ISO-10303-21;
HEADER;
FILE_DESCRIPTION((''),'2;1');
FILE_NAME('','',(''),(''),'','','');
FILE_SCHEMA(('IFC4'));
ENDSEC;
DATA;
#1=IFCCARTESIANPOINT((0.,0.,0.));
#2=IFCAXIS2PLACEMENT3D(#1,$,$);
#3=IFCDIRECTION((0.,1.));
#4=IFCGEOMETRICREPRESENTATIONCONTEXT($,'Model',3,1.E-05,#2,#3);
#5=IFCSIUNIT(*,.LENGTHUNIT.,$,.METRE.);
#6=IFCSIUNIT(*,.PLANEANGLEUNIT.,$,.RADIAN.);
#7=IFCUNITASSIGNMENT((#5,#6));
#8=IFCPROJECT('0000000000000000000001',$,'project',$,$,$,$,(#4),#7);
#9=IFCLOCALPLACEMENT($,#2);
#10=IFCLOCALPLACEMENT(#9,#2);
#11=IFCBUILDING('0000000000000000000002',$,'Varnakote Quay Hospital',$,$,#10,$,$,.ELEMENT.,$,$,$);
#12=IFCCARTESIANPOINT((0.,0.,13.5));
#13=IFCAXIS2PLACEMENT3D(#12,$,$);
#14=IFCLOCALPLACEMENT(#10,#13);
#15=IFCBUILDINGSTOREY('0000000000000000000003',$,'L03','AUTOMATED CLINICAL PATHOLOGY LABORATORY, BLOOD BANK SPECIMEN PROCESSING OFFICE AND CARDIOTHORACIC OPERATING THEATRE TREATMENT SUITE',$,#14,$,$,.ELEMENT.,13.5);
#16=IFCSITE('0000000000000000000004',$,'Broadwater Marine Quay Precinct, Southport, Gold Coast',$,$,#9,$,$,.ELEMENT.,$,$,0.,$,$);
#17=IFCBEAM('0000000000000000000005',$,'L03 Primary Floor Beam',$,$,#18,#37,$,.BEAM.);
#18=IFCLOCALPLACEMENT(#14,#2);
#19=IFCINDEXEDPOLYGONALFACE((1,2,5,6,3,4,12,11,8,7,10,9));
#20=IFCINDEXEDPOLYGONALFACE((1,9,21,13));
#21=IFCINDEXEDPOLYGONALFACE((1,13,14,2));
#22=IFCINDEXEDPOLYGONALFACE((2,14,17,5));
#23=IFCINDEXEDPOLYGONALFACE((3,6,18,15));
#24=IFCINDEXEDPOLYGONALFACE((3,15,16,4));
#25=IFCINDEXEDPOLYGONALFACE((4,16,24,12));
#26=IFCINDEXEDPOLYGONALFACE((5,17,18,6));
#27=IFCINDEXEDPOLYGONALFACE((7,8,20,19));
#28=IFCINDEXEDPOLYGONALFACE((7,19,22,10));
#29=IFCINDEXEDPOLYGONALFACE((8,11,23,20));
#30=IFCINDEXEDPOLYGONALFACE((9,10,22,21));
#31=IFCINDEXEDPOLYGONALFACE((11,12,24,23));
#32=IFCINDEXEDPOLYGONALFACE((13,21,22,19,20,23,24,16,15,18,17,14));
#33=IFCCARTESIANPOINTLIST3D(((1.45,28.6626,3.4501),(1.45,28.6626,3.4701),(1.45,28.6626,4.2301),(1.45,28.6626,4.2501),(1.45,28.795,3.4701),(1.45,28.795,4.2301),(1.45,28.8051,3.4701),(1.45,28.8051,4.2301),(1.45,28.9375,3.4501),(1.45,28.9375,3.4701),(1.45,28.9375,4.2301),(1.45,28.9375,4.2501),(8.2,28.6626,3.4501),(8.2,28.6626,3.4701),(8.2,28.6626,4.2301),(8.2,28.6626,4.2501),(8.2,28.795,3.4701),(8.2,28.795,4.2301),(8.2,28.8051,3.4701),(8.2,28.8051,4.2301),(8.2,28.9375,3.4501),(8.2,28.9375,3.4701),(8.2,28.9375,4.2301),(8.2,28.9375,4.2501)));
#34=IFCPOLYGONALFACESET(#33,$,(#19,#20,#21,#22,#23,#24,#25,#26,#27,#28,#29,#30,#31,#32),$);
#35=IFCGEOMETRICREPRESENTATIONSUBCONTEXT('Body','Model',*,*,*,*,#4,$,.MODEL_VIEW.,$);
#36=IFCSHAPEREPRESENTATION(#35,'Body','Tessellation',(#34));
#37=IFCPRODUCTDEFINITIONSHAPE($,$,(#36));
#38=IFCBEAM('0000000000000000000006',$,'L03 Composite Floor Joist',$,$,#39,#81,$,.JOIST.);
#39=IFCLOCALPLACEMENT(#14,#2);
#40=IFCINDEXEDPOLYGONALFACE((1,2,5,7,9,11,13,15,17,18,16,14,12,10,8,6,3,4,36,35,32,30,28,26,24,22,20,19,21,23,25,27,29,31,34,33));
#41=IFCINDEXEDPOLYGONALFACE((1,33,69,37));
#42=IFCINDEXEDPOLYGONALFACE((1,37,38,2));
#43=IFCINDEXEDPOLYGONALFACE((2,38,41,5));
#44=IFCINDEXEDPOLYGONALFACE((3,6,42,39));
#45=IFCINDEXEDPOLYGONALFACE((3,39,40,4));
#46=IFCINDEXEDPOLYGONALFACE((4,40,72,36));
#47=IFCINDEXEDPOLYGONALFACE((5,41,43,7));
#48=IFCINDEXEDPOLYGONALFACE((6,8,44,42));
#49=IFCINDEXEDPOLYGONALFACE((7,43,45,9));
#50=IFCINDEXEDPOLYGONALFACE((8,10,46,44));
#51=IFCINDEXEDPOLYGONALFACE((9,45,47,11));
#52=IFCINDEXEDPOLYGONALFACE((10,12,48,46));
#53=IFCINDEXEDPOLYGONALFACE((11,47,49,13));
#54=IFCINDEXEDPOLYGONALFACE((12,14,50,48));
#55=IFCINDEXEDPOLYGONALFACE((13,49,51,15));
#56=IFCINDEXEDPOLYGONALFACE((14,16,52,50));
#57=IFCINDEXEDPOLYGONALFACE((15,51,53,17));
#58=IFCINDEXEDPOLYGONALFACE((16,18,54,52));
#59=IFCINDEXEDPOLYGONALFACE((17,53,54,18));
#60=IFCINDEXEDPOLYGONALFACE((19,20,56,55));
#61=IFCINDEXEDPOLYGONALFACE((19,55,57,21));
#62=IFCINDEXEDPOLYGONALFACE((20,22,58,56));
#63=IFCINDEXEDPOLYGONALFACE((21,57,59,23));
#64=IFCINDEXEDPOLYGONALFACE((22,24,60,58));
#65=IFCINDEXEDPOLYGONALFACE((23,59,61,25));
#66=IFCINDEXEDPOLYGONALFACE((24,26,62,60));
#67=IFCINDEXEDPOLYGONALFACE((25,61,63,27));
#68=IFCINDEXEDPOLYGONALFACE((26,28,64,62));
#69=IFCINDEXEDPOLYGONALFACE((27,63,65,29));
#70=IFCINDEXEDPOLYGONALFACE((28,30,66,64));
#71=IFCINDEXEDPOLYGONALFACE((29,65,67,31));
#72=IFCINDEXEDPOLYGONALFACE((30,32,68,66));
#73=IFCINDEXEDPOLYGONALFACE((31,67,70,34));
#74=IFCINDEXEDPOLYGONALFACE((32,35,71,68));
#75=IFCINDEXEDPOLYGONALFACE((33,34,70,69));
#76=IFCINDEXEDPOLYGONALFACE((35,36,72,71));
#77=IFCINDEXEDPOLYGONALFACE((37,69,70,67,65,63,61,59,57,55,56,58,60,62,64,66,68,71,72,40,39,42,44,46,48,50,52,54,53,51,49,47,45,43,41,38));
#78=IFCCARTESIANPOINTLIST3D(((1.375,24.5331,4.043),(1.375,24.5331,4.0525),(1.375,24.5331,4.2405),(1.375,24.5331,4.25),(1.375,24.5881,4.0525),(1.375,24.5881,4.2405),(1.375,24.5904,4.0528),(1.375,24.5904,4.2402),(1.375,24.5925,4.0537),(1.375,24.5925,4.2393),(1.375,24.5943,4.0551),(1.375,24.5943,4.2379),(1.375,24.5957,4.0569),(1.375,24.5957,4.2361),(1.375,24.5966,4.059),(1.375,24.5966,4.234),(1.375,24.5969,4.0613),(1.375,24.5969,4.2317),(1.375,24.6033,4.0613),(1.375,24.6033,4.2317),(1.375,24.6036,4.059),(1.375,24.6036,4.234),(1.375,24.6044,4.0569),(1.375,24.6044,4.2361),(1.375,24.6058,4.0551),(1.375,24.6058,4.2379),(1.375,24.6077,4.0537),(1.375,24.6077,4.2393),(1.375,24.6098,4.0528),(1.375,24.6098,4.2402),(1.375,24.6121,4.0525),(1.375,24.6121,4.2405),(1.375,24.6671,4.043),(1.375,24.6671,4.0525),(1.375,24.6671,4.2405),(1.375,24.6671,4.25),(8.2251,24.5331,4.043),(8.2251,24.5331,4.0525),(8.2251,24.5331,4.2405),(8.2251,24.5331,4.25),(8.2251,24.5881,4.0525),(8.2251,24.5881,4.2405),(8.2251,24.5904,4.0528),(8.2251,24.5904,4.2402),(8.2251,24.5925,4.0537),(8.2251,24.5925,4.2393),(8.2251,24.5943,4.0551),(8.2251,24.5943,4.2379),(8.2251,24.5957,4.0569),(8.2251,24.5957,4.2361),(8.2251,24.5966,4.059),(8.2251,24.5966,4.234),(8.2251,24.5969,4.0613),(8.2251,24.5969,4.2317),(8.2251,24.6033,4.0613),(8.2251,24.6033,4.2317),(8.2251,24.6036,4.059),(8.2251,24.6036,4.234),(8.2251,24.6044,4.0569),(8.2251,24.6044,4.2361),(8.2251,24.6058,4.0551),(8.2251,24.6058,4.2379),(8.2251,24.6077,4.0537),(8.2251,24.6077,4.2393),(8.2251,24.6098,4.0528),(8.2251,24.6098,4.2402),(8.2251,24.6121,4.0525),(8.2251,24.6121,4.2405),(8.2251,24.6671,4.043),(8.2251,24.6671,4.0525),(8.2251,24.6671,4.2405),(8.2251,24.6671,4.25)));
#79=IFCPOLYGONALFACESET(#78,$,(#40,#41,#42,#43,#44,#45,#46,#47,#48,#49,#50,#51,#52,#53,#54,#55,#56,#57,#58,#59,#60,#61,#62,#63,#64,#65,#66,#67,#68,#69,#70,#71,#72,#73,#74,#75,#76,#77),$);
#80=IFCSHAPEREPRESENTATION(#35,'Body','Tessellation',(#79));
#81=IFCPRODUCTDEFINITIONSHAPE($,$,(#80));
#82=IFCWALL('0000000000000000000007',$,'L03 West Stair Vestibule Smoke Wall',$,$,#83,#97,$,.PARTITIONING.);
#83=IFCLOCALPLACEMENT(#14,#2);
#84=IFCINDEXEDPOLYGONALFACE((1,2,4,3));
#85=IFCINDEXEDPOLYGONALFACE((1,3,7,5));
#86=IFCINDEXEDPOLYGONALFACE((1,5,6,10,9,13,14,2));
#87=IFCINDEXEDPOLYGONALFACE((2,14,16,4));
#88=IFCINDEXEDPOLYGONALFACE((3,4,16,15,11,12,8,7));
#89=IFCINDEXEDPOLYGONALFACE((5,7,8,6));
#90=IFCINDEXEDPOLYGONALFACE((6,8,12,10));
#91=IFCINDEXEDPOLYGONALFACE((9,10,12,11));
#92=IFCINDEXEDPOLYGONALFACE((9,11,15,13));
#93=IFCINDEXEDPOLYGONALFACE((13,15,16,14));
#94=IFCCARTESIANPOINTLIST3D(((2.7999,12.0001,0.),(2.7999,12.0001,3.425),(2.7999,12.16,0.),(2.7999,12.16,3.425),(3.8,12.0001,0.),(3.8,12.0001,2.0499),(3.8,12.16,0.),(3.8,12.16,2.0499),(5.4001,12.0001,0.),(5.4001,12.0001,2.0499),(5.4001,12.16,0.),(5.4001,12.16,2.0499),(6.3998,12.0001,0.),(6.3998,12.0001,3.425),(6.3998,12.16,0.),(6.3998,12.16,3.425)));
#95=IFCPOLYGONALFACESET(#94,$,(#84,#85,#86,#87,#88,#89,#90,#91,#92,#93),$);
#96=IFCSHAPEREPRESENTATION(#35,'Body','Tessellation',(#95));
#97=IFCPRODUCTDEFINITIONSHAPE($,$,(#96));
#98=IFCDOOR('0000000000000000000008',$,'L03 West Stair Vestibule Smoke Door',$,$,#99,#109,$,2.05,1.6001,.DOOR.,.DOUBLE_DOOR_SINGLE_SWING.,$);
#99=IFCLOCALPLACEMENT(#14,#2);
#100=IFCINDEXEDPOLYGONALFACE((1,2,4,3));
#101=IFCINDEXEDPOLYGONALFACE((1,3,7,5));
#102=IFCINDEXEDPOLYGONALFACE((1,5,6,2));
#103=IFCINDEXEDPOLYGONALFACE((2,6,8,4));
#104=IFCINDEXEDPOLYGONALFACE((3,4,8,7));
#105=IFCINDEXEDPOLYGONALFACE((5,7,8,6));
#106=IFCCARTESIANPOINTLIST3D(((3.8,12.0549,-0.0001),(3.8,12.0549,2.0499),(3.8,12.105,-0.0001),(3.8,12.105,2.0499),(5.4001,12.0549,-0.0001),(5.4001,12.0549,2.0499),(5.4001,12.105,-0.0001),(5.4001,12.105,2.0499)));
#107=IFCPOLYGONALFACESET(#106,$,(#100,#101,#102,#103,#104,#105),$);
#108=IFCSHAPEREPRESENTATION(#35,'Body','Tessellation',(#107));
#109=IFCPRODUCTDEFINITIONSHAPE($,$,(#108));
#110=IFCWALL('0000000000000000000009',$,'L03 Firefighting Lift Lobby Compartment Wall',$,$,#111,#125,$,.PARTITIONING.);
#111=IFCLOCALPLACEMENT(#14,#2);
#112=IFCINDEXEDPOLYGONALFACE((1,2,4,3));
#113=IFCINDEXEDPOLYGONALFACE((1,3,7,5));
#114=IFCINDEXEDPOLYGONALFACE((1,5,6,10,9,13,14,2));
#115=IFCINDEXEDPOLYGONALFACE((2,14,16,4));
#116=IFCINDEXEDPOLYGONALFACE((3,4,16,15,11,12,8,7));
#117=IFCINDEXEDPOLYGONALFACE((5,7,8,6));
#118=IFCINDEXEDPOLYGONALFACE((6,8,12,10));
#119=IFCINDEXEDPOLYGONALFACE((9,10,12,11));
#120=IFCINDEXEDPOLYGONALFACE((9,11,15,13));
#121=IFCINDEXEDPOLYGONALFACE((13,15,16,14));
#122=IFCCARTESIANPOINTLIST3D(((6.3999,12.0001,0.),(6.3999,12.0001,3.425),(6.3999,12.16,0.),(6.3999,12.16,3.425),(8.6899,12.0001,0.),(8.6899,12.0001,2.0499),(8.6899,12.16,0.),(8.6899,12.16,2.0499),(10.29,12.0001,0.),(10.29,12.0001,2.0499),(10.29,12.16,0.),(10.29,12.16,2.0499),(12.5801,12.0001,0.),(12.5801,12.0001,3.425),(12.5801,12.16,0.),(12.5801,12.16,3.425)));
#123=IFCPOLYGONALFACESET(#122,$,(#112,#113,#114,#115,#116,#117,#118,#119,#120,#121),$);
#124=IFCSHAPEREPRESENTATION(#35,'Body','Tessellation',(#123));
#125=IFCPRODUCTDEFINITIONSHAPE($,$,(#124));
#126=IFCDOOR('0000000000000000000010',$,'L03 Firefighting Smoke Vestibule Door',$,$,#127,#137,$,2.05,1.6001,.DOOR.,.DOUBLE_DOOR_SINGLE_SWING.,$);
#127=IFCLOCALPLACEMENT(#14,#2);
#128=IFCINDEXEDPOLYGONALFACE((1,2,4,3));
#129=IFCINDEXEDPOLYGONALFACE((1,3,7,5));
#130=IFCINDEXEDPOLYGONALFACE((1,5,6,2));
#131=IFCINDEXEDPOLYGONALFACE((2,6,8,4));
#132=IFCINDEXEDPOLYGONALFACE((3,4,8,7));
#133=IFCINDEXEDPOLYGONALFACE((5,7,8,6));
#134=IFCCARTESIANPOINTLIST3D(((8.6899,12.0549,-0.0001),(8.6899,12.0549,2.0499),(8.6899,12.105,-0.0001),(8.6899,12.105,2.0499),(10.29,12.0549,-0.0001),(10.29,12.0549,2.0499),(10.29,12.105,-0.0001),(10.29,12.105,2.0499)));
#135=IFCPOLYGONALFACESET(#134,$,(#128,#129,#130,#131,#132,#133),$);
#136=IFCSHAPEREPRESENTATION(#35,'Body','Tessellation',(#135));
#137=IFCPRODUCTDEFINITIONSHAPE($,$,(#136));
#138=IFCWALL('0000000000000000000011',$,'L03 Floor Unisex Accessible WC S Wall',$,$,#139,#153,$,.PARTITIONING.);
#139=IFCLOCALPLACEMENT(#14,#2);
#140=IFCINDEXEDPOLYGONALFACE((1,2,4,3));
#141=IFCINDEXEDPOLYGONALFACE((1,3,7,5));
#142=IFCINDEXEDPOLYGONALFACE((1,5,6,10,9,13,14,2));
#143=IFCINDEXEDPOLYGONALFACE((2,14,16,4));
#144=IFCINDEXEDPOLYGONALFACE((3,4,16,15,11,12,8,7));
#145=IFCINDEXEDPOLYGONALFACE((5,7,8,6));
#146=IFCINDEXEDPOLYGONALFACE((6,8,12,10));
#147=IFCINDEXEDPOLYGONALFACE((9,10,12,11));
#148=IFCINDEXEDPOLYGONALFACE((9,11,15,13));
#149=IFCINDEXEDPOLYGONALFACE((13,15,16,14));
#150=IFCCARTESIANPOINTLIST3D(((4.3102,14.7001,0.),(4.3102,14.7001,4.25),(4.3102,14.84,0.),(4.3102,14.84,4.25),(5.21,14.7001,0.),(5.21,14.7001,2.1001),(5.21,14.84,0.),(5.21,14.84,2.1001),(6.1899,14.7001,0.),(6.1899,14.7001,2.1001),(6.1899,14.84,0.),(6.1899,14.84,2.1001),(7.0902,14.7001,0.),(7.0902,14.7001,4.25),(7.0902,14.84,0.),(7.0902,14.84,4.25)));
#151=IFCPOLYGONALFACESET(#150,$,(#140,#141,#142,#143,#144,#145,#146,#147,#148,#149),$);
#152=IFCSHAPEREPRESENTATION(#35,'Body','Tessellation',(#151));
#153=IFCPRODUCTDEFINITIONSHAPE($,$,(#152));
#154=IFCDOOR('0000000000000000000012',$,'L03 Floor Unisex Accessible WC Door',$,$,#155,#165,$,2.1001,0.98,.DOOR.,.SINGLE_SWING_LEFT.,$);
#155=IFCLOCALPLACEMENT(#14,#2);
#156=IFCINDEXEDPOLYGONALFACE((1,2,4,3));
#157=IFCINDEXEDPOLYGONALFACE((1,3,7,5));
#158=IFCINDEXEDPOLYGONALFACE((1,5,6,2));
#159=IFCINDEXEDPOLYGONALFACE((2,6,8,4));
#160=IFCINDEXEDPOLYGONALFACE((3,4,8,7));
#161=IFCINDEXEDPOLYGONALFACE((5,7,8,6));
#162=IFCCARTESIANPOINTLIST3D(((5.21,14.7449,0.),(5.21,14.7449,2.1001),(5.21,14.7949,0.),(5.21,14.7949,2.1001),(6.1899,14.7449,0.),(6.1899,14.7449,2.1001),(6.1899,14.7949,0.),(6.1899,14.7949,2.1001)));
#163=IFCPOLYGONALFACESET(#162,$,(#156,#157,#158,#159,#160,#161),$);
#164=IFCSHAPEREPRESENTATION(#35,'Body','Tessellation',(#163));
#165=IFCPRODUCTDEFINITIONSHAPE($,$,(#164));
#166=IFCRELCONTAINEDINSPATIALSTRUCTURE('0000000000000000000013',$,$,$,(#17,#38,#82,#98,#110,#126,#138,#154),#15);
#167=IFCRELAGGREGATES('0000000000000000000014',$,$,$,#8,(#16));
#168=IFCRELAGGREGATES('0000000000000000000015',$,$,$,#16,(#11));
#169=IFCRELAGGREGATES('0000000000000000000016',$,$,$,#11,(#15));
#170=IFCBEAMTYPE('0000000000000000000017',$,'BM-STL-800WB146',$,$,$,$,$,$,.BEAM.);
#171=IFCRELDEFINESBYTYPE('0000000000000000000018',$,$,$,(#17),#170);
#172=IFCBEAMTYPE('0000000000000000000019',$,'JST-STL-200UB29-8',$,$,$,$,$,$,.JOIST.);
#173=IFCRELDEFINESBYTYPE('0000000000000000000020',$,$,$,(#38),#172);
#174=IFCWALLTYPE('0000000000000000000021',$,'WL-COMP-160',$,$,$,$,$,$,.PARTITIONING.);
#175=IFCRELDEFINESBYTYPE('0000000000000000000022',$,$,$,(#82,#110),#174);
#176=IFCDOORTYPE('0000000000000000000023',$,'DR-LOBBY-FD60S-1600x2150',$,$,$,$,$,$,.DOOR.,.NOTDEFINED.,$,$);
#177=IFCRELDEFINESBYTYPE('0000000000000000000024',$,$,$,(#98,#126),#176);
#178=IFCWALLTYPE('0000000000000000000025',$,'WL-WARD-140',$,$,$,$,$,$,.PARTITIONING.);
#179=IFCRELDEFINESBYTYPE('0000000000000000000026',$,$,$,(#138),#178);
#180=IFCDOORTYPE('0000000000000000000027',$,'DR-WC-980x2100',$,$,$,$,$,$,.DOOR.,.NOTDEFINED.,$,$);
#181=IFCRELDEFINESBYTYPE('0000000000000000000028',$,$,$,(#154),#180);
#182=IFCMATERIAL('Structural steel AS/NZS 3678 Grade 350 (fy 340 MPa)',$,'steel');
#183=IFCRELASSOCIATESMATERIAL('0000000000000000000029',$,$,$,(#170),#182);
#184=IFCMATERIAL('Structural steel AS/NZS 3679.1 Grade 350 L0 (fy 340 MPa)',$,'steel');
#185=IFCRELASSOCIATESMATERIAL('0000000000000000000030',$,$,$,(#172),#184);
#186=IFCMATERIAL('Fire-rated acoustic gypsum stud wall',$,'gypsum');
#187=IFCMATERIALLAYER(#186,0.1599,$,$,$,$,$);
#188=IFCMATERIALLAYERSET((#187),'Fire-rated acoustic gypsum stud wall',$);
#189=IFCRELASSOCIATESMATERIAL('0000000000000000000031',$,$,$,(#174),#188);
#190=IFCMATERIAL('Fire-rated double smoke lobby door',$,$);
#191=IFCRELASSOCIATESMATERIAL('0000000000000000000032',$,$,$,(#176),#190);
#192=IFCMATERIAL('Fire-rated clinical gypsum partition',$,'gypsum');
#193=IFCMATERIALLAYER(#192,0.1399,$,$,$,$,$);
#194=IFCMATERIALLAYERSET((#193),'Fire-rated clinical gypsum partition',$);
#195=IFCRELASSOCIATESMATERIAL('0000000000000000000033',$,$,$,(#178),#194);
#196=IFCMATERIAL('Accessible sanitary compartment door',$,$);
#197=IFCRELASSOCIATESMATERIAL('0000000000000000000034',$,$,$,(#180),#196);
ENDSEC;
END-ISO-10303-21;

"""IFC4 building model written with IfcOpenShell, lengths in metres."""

from ifc_helpers import new_model, si_unit, direction, frame, frame_2d, origin, origin_2d, place, context, subcontext, project, spatial, rectangle, i_section, extrude, material, layer, layer_set, material_profile, profile_set, type_object, element, fill, save


model = new_model("IFC4")

# Units and contexts
model_context = context("Model", 3, precision=1e-05, world=origin(), true_north=direction((0.0, 1.0)))
body_context = subcontext(model_context, "Body", "Model", "MODEL_VIEW")
ifc_project = project(units=[si_unit("LENGTHUNIT", "METRE"), si_unit("PLANEANGLEUNIT", "RADIAN")], contexts=[model_context])

# Site, building, storey
site_placement = place(None, origin())
site = spatial("IfcSite", under=ifc_project, at=site_placement, Name="Broadwater Marine Quay Precinct, Southport, Gold Coast", CompositionType="ELEMENT", RefElevation=0.0)
building_placement = place(site_placement, origin())
building = spatial("IfcBuilding", under=site, at=building_placement, Name="Varnakote Quay Hospital", CompositionType="ELEMENT")
storey_placement = place(building_placement, frame((0.0, 0.0, 13.5)))
storey = spatial("IfcBuildingStorey", under=building, at=storey_placement, Name="L03", Description="AUTOMATED CLINICAL PATHOLOGY LABORATORY, BLOOD BANK SPECIMEN PROCESSING OFFICE AND CARDIOTHORACIC OPERATING THEATRE TREATMENT SUITE", CompositionType="ELEMENT", Elevation=13.5)

# Beams
ifc_material_1 = material(Name="Structural steel AS/NZS 3678 Grade 350 (fy 340 MPa)", Category="steel")
ifc_material_profile_1 = material_profile(ifc_material_1, i_section(OverallWidth=0.2749, OverallDepth=0.8, WebThickness=0.01, FlangeThickness=0.02, at=origin_2d()), Name="800WB146")
ifc_profile_set_1 = profile_set([ifc_material_profile_1], Name="Structural steel AS/NZS 3678 Grade 350 (fy 340 MPa)")
beam_type_1 = type_object("IfcBeamType", Name="BM-STL-800WB146", PredefinedType="BEAM", material=ifc_profile_set_1)
for number, where, z_axis, x_axis, name in (
    (1, (1.45, 28.8, 3.8501), (1.0, 0.0, 0.0), (0.0, 1.0, 0.0), "L03 Primary Floor Beam"),
):
    element("IfcBeam", number, at=place(storey_placement, frame(where, z_axis=z_axis, x_axis=x_axis)), inside=storey, type_object=beam_type_1, Name=name, PredefinedType="BEAM", context=body_context, shape_type="SweptSolid", body=[
        extrude(i_section(OverallWidth=0.2749, OverallDepth=0.8, WebThickness=0.01, FlangeThickness=0.02, at=origin_2d()), origin(), (0.0, 0.0, 1.0), 6.75),
    ])
ifc_material_2 = material(Name="Structural steel AS/NZS 3679.1 Grade 350 L0 (fy 340 MPa)", Category="steel")
ifc_material_profile_2 = material_profile(ifc_material_2, i_section(OverallWidth=0.134, OverallDepth=0.207, WebThickness=0.0063, FlangeThickness=0.0095, FilletRadius=0.0088, at=origin_2d()), Name="200UB29.8")
ifc_profile_set_2 = profile_set([ifc_material_profile_2], Name="Structural steel AS/NZS 3679.1 Grade 350 L0 (fy 340 MPa)")
beam_type_2 = type_object("IfcBeamType", Name="JST-STL-200UB29-8", PredefinedType="JOIST", material=ifc_profile_set_2)
beam_1_placement = place(storey_placement, frame((1.375, 24.6001, 4.1465), z_axis=(1.0, 0.0, 0.0), x_axis=(0.0, 1.0, 0.0)))
element("IfcBeam", 2, at=beam_1_placement, inside=storey, type_object=beam_type_2, Name="L03 Composite Floor Joist", PredefinedType="JOIST", context=body_context, shape_type="SweptSolid", body=[
    extrude(i_section(OverallWidth=0.134, OverallDepth=0.207, WebThickness=0.0063, FlangeThickness=0.0095, FilletRadius=0.0088, at=origin_2d()), origin(), (0.0, 0.0, 1.0), 6.8501),
])

# Walls, openings, doors
ifc_material_3 = material(Name="Fire-rated acoustic gypsum stud wall", Category="gypsum")
ifc_layer_1 = layer(ifc_material_3, 0.1599)
ifc_layer_set_1 = layer_set([ifc_layer_1], Name="Fire-rated acoustic gypsum stud wall")
wall_type_1 = type_object("IfcWallType", Name="WL-COMP-160", PredefinedType="PARTITIONING", material=ifc_layer_set_1)
wall_1_placement = place(storey_placement, frame((2.8, 12.0801, 0.0), z_axis=(0.0, 0.0, 1.0), x_axis=(1.0, 0.0, 0.0)))
wall_1 = element("IfcWall", 3, at=wall_1_placement, inside=storey, type_object=wall_type_1, Name="L03 West Stair Vestibule Smoke Wall", PredefinedType="PARTITIONING", context=body_context, shape_type="SweptSolid", body=[
    extrude(rectangle(XDim=3.5999, YDim=0.1599, at=frame_2d((1.7998, 0.0))), origin(), (0.0, 0.0, 1.0), 3.425),
])
opening_1_placement = place(wall_1_placement, frame((1.0, 0.0, 0.0)))
opening_1 = element("IfcOpeningElement", 4, at=opening_1_placement, cuts=wall_1, PredefinedType="OPENING", context=body_context, shape_type="SweptSolid", body=[
    extrude(rectangle(XDim=1.6001, YDim=2.05, at=frame_2d((0.8, 1.0249))), frame((0.0, 0.0898, 0.0), z_axis=(0.0, -1.0, 0.0), x_axis=(1.0, 0.0, 0.0)), (0.0, 0.0, 1.0), 0.1799),
])
ifc_material_4 = material(Name="Fire-rated double smoke lobby door")
door_type_1 = type_object("IfcDoorType", Name="DR-LOBBY-FD60S-1600x2150", OperationType="NOTDEFINED", PredefinedType="DOOR", material=ifc_material_4)
door_1_placement = place(opening_1_placement, origin())
door_1 = element("IfcDoor", 5, at=door_1_placement, inside=storey, type_object=door_type_1, Name="L03 West Stair Vestibule Smoke Door", OperationType="DOUBLE_DOOR_SINGLE_SWING", OverallHeight=2.05, OverallWidth=1.6001, PredefinedType="DOOR", context=body_context, shape_type="SweptSolid", body=[
    extrude(rectangle(XDim=1.6001, YDim=2.05, at=frame_2d((0.8, 1.0249))), frame((0.0, 0.0249, 0.0), z_axis=(0.0, -1.0, 0.0), x_axis=(1.0, 0.0, 0.0)), (0.0, 0.0, 1.0), 0.05),
])
fill(opening_1, door_1)
wall_2_placement = place(storey_placement, frame((6.3999, 12.0801, 0.0), z_axis=(0.0, 0.0, 1.0), x_axis=(1.0, 0.0, 0.0)))
wall_2 = element("IfcWall", 6, at=wall_2_placement, inside=storey, type_object=wall_type_1, Name="L03 Firefighting Lift Lobby Compartment Wall", PredefinedType="PARTITIONING", context=body_context, shape_type="SweptSolid", body=[
    extrude(rectangle(XDim=6.1802, YDim=0.1599, at=frame_2d((3.0901, 0.0))), origin(), (0.0, 0.0, 1.0), 3.425),
])
opening_2_placement = place(wall_2_placement, frame((2.29, 0.0, 0.0)))
opening_2 = element("IfcOpeningElement", 7, at=opening_2_placement, cuts=wall_2, PredefinedType="OPENING", context=body_context, shape_type="SweptSolid", body=[
    extrude(rectangle(XDim=1.6001, YDim=2.05, at=frame_2d((0.8, 1.0249))), frame((0.0, 0.0898, 0.0), z_axis=(0.0, -1.0, 0.0), x_axis=(1.0, 0.0, 0.0)), (0.0, 0.0, 1.0), 0.1799),
])
door_2_placement = place(opening_2_placement, origin())
door_2 = element("IfcDoor", 8, at=door_2_placement, inside=storey, type_object=door_type_1, Name="L03 Firefighting Smoke Vestibule Door", OperationType="DOUBLE_DOOR_SINGLE_SWING", OverallHeight=2.05, OverallWidth=1.6001, PredefinedType="DOOR", context=body_context, shape_type="SweptSolid", body=[
    extrude(rectangle(XDim=1.6001, YDim=2.05, at=frame_2d((0.8, 1.0249))), frame((0.0, 0.0249, 0.0), z_axis=(0.0, -1.0, 0.0), x_axis=(1.0, 0.0, 0.0)), (0.0, 0.0, 1.0), 0.05),
])
fill(opening_2, door_2)
ifc_material_5 = material(Name="Fire-rated clinical gypsum partition", Category="gypsum")
ifc_layer_2 = layer(ifc_material_5, 0.1399)
ifc_layer_set_2 = layer_set([ifc_layer_2], Name="Fire-rated clinical gypsum partition")
wall_type_2 = type_object("IfcWallType", Name="WL-WARD-140", PredefinedType="PARTITIONING", material=ifc_layer_set_2)
wall_3_placement = place(storey_placement, frame((4.3101, 14.77, 0.0), z_axis=(0.0, 0.0, 1.0), x_axis=(1.0, 0.0, 0.0)))
wall_3 = element("IfcWall", 9, at=wall_3_placement, inside=storey, type_object=wall_type_2, Name="L03 Floor Unisex Accessible WC S Wall", PredefinedType="PARTITIONING", context=body_context, shape_type="SweptSolid", body=[
    extrude(rectangle(XDim=2.78, YDim=0.1399, at=frame_2d((1.3901, 0.0))), origin(), (0.0, 0.0, 1.0), 4.25),
])
opening_3_placement = place(wall_3_placement, frame((0.8999, 0.0, 0.0)))
opening_3 = element("IfcOpeningElement", 10, at=opening_3_placement, cuts=wall_3, PredefinedType="OPENING", context=body_context, shape_type="SweptSolid", body=[
    extrude(rectangle(XDim=0.98, YDim=2.1001, at=frame_2d((0.49, 1.05))), frame((0.0, 0.0798, 0.0), z_axis=(0.0, -1.0, 0.0), x_axis=(1.0, 0.0, 0.0)), (0.0, 0.0, 1.0), 0.1599),
])
ifc_material_6 = material(Name="Accessible sanitary compartment door")
door_type_2 = type_object("IfcDoorType", Name="DR-WC-980x2100", OperationType="NOTDEFINED", PredefinedType="DOOR", material=ifc_material_6)
door_3_placement = place(opening_3_placement, origin())
door_3 = element("IfcDoor", 11, at=door_3_placement, inside=storey, type_object=door_type_2, Name="L03 Floor Unisex Accessible WC Door", OperationType="SINGLE_SWING_LEFT", OverallHeight=2.1001, OverallWidth=0.98, PredefinedType="DOOR", context=body_context, shape_type="SweptSolid", body=[
    extrude(rectangle(XDim=0.98, YDim=2.1001, at=frame_2d((0.49, 1.05))), frame((0.0, 0.0249, 0.0), z_axis=(0.0, -1.0, 0.0), x_axis=(1.0, 0.0, 0.0)), (0.0, 0.0, 1.0), 0.05),
])
fill(opening_3, door_3)

save(model, "model.ifc")
